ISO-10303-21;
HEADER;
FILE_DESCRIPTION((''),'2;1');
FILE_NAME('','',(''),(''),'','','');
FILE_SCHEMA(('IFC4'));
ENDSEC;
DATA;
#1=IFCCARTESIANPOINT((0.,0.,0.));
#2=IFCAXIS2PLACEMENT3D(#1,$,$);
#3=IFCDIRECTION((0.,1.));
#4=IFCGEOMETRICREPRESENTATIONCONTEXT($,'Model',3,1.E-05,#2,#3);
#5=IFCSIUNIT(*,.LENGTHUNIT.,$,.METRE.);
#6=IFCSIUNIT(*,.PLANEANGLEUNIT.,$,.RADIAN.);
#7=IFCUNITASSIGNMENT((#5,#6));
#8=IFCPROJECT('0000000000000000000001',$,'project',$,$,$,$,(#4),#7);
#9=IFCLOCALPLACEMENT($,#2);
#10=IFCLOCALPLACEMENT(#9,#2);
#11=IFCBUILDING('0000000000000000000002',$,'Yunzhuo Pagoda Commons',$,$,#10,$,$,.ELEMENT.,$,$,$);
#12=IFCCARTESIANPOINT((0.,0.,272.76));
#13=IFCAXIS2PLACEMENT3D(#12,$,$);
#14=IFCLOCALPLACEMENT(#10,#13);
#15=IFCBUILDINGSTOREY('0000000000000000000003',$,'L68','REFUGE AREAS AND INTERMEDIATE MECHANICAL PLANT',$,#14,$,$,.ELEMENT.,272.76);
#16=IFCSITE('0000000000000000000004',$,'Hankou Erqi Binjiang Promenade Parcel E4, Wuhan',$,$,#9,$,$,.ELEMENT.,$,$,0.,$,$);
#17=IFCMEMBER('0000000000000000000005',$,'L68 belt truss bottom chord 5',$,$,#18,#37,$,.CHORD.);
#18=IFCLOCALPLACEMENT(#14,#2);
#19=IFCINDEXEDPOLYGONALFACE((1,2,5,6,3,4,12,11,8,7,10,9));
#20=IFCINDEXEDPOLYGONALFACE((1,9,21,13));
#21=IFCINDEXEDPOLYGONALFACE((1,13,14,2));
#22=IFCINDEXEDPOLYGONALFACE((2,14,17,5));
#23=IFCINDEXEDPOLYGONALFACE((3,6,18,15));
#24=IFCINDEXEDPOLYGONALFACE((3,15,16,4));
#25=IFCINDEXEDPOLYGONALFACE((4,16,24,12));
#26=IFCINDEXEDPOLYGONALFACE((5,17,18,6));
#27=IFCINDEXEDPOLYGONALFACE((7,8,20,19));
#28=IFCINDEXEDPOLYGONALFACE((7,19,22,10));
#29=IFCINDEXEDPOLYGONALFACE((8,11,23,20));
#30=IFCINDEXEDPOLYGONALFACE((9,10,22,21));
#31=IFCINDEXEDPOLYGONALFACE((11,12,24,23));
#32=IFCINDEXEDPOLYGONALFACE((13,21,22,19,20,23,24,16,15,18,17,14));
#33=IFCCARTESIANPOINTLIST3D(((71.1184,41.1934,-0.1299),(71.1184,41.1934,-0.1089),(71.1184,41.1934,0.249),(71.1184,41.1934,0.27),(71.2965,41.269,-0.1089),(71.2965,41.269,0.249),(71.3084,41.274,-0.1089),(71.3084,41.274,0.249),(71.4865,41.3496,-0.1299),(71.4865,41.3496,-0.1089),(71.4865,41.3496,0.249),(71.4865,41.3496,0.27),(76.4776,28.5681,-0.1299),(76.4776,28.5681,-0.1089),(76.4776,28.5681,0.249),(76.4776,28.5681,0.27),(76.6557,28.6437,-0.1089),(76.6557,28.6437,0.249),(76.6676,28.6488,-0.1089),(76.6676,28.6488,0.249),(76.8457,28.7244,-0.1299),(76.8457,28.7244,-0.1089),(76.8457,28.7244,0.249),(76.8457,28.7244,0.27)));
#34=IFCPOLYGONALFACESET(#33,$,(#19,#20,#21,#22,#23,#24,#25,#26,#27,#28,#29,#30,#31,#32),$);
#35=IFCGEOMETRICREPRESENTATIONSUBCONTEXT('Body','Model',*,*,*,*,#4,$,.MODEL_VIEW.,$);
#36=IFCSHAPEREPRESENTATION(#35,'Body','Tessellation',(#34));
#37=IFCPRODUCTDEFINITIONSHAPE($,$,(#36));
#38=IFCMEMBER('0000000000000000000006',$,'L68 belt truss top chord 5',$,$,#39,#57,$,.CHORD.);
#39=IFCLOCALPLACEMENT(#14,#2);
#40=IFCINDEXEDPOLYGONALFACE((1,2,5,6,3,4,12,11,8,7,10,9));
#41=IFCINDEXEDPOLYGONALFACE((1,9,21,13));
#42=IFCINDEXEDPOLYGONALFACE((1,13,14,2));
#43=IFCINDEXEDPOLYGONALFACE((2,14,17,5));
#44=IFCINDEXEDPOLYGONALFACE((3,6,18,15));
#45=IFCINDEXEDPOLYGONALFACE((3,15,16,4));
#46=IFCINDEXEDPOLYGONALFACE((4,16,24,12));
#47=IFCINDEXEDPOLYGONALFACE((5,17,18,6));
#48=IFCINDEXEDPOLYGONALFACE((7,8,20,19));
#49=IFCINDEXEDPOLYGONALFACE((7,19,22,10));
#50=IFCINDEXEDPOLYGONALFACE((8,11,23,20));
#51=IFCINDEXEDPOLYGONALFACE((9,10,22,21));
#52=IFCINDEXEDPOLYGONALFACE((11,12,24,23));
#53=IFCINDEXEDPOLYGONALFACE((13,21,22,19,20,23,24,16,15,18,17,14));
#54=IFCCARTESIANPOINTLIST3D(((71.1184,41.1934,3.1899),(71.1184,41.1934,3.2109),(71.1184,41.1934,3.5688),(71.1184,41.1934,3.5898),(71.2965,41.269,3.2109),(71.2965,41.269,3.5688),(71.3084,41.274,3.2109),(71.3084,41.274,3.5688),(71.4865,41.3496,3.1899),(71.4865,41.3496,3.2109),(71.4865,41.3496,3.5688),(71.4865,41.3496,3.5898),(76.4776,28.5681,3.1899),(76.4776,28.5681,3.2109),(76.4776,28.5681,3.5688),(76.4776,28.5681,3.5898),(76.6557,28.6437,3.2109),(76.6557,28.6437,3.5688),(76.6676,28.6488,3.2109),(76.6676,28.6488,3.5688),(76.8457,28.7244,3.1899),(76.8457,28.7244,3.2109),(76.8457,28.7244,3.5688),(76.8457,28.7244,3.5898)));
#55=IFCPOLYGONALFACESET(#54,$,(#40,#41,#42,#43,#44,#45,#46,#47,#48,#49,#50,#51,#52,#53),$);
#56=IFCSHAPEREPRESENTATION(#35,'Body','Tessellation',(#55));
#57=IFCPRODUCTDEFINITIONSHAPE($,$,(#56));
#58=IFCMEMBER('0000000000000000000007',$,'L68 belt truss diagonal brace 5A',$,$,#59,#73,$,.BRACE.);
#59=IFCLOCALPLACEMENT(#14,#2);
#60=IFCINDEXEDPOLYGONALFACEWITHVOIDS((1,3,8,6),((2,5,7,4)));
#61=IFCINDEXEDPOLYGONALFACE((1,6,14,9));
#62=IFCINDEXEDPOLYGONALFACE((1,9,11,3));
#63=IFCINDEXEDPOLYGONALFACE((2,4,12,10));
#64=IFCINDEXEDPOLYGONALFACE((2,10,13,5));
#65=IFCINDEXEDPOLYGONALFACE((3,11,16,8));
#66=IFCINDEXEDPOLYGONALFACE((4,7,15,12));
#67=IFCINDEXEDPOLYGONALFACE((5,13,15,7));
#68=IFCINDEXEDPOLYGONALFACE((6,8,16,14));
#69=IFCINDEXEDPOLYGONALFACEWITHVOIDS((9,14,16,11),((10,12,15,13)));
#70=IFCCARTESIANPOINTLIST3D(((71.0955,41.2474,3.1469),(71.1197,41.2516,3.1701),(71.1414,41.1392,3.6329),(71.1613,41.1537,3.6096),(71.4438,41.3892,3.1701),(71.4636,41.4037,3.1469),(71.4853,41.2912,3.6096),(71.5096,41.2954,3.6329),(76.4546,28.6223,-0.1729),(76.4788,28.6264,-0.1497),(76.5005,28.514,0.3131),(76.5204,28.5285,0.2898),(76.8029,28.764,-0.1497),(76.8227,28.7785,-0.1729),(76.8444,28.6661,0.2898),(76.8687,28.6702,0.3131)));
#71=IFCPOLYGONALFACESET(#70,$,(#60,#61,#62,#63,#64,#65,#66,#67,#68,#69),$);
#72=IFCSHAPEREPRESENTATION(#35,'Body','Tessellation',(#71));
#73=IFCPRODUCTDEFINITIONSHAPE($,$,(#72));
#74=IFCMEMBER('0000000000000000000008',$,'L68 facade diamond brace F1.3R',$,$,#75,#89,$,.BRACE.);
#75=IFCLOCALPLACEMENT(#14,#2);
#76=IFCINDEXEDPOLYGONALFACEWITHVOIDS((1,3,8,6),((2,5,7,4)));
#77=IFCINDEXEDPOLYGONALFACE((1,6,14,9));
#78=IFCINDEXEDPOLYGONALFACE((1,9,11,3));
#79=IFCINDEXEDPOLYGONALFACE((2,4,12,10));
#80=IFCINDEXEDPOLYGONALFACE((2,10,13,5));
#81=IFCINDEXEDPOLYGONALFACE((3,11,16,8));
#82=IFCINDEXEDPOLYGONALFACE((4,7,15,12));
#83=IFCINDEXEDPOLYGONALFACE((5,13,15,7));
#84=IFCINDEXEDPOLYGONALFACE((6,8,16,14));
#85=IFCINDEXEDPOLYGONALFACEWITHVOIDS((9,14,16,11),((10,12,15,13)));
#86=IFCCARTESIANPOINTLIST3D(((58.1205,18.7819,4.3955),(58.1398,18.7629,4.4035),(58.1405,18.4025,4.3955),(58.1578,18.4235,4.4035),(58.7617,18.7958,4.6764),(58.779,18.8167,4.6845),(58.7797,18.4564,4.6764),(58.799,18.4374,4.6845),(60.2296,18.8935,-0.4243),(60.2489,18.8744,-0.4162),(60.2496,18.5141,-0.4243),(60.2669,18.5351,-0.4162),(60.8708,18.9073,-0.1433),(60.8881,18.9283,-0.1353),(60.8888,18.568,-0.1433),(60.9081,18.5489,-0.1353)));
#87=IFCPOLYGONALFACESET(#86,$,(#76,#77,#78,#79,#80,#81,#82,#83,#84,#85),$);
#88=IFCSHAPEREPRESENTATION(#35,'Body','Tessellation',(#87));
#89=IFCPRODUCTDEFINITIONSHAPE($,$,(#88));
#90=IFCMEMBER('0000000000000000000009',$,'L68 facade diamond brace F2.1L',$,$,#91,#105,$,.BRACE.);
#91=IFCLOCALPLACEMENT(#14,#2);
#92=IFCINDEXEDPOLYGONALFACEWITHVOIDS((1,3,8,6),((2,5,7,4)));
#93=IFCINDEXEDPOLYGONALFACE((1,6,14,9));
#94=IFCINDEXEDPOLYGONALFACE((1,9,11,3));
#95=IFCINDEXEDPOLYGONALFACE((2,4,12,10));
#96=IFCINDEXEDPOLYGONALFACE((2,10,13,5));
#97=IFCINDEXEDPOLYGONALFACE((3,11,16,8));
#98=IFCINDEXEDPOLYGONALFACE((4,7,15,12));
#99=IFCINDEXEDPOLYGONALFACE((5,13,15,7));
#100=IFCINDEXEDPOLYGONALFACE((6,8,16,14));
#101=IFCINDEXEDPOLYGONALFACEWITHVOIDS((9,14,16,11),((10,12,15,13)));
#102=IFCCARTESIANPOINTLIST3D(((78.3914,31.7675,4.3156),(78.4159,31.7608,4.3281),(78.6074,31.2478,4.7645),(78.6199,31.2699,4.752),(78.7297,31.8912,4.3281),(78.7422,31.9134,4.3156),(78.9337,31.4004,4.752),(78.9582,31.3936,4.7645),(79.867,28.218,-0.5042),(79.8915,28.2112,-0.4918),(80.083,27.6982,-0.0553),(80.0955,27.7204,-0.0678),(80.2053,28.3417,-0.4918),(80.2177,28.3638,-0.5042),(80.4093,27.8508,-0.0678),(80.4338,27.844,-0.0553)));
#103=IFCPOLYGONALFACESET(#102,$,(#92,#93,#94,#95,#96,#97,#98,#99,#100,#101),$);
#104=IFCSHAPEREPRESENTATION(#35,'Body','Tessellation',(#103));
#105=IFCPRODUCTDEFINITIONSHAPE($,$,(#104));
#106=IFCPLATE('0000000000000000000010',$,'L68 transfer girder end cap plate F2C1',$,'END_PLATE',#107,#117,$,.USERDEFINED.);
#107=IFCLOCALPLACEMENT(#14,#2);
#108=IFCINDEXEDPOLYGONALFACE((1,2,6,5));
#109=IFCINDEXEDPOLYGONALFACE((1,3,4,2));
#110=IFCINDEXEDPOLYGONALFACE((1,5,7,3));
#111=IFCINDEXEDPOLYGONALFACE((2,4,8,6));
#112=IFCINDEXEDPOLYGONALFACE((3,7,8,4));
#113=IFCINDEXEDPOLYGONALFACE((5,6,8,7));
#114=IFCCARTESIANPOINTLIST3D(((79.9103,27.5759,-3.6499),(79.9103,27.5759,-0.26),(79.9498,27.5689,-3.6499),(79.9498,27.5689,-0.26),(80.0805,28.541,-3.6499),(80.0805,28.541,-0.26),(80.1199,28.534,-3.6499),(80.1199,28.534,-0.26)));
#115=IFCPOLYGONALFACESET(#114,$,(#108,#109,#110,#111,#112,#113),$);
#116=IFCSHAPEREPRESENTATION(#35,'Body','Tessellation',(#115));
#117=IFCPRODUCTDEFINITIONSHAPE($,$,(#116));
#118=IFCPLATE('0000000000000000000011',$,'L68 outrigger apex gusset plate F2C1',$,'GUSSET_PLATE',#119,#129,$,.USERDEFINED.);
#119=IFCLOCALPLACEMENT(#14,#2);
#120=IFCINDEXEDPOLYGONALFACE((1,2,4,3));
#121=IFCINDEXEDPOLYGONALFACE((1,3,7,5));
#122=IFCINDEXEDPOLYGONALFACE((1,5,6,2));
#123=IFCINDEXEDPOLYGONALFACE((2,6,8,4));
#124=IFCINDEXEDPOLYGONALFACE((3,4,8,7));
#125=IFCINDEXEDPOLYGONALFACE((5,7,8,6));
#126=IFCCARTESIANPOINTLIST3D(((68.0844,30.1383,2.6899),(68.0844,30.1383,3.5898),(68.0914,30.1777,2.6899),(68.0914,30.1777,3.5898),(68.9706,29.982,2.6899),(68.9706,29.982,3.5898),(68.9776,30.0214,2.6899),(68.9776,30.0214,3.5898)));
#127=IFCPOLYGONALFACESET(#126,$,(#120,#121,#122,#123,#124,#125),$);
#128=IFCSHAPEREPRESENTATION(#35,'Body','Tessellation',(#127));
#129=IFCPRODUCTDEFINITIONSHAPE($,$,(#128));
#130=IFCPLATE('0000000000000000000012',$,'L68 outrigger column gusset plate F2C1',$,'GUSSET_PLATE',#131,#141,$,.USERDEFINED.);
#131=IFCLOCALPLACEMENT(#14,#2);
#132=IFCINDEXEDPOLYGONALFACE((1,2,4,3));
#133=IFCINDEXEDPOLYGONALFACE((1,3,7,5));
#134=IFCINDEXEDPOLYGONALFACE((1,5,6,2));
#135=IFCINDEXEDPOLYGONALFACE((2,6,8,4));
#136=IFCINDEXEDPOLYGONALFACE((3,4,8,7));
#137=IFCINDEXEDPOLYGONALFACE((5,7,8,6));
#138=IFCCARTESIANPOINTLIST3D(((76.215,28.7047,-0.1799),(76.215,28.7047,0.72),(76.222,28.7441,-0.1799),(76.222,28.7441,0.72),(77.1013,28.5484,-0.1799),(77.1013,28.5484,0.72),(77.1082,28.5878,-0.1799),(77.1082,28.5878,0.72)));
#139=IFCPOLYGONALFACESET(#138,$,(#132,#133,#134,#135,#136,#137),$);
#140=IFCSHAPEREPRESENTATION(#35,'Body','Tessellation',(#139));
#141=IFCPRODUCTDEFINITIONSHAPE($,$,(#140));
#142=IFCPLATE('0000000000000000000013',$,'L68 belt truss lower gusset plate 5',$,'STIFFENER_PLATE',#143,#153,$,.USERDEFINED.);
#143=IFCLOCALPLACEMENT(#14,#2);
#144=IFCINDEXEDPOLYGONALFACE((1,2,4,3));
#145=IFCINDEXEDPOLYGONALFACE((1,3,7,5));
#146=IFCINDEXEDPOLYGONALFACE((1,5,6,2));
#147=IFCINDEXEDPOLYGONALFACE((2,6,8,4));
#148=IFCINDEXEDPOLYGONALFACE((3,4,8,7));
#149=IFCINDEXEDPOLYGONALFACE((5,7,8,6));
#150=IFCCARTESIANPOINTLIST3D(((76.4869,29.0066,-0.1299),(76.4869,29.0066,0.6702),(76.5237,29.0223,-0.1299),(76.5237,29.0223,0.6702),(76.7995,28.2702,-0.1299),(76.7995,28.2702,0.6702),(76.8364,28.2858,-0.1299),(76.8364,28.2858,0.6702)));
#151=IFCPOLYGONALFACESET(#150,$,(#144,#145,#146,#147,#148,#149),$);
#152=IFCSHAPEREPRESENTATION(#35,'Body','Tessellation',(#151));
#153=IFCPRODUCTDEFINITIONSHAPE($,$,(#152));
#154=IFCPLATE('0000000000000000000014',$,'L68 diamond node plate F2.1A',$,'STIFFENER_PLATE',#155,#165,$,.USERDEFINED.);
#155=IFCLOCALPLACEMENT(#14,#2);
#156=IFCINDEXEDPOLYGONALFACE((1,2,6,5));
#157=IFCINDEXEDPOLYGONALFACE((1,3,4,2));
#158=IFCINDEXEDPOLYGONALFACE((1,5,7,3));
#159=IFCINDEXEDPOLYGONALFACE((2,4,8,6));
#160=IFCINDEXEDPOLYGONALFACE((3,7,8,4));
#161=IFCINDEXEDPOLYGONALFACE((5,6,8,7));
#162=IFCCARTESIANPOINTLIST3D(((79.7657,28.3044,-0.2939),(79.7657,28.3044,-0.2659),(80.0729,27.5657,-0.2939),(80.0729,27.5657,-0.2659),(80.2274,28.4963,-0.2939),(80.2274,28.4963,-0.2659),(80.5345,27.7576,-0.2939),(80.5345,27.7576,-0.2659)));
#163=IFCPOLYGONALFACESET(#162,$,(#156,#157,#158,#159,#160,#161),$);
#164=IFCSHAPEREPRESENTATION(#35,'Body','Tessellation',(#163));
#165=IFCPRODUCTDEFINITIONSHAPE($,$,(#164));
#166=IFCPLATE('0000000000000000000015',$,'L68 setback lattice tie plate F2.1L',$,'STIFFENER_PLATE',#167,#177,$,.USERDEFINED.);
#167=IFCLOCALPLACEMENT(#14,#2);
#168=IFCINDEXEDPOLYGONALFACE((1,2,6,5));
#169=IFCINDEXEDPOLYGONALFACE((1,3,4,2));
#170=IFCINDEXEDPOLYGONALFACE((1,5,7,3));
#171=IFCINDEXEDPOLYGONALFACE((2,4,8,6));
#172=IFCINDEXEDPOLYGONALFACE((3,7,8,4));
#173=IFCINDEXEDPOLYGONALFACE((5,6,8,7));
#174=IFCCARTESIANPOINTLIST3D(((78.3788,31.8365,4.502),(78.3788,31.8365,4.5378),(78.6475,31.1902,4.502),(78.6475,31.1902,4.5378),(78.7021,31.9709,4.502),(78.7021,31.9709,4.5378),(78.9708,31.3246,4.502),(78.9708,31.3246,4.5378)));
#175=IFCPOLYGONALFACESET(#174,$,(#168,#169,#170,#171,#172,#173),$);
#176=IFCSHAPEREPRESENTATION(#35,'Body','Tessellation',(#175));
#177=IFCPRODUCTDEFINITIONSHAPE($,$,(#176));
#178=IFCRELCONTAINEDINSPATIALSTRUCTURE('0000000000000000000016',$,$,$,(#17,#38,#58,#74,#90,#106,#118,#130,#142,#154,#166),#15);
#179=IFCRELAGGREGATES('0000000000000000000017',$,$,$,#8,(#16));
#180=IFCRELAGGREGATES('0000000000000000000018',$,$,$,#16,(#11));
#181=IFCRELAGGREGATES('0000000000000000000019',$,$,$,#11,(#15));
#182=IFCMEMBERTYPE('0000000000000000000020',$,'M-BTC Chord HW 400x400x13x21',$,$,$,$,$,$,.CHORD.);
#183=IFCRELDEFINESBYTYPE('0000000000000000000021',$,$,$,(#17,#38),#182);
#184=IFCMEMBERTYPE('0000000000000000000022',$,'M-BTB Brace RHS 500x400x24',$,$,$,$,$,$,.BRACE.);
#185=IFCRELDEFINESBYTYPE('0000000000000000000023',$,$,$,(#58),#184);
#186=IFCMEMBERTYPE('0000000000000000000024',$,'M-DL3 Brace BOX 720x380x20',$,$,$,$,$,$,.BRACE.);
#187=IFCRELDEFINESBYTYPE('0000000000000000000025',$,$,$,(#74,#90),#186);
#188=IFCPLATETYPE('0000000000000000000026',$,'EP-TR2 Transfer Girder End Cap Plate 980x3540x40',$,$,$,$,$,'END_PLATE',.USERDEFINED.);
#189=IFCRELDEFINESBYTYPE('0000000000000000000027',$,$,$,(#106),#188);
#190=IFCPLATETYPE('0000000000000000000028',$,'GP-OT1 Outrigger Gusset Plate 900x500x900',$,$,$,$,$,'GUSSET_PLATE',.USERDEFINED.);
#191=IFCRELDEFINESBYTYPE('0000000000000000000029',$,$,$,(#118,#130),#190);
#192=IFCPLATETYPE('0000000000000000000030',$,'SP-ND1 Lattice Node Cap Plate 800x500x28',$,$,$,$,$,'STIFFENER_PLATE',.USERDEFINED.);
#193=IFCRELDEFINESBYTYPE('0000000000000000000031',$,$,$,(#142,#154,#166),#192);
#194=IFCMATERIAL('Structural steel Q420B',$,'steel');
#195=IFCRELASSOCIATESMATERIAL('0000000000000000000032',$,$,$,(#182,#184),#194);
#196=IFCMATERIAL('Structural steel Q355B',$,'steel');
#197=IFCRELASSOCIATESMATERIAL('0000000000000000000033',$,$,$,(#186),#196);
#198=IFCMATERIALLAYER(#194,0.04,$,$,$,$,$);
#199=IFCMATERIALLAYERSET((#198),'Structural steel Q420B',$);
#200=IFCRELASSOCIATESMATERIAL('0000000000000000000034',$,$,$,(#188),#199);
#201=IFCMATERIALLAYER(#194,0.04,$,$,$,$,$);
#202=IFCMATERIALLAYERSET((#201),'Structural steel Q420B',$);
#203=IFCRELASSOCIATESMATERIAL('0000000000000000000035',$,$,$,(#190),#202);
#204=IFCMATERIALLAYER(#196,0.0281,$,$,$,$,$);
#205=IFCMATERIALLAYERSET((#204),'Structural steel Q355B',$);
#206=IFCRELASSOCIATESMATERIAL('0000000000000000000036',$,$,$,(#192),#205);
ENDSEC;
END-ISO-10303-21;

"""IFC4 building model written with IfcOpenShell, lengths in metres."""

from ifc_helpers import new_model, si_unit, direction, frame, origin, origin_2d, place, context, subcontext, project, spatial, rectangle, hollow_rectangle, i_section, extrude, source, transform, mapped, material, layer, layer_set, material_profile, profile_set, type_object, element, save


model = new_model("IFC4")

# Units and contexts
model_context = context("Model", 3, precision=1e-05, world=origin(), true_north=direction((0.0, 1.0)))
body_context = subcontext(model_context, "Body", "Model", "MODEL_VIEW")
ifc_project = project(units=[si_unit("LENGTHUNIT", "METRE"), si_unit("PLANEANGLEUNIT", "RADIAN")], contexts=[model_context])

# Site, building, storey
site_placement = place(None, origin())
site = spatial("IfcSite", under=ifc_project, at=site_placement, Name="Hankou Erqi Binjiang Promenade Parcel E4, Wuhan", CompositionType="ELEMENT", RefElevation=0.0)
building_placement = place(site_placement, origin())
building = spatial("IfcBuilding", under=site, at=building_placement, Name="Yunzhuo Pagoda Commons", CompositionType="ELEMENT")
storey_placement = place(building_placement, frame((0.0, 0.0, 272.76)))
storey = spatial("IfcBuildingStorey", under=building, at=storey_placement, Name="L68", Description="REFUGE AREAS AND INTERMEDIATE MECHANICAL PLANT", CompositionType="ELEMENT", Elevation=272.76)

# Shared definitions
ifc_material_1 = material(Name="Structural steel Q355B", Category="steel")

# Shared definitions
ifc_material_2 = material(Name="Structural steel Q420B", Category="steel")

# Members
ifc_material_profile_1 = material_profile(ifc_material_2, i_section(OverallWidth=0.3999, OverallDepth=0.3999, WebThickness=0.0129, FlangeThickness=0.021, at=origin_2d()), Name="Structural steel Q420B")
ifc_profile_set_1 = profile_set([ifc_material_profile_1], Name="Structural steel Q420B")
member_type_1 = type_object("IfcMemberType", Name="M-BTC Chord HW 400x400x13x21", PredefinedType="CHORD", material=ifc_profile_set_1)
shared_shape_1 = source(origin(), body_context, "Body", "SweptSolid", [
    extrude(i_section(OverallWidth=0.3999, OverallDepth=0.3999, WebThickness=0.0129, FlangeThickness=0.021, at=origin_2d()), origin(), (0.0, 0.0, 1.0), 13.7156),
])
for number, where, z_axis, x_axis, name in (
    (1, (76.6616, 28.6462, 0.0701), (-0.390733, 0.920504, 0.0), (-0.920504, -0.390733, 0.0), "L68 belt truss bottom chord 5"),
    (2, (76.6616, 28.6462, 3.3899), (-0.390733, 0.920504, 0.0), (-0.920504, -0.390733, 0.0), "L68 belt truss top chord 5"),
):
    element("IfcMember", number, at=place(storey_placement, frame(where, z_axis=z_axis, x_axis=x_axis)), inside=storey, type_object=member_type_1, Name=name, PredefinedType="CHORD", context=body_context, shape_type="MappedRepresentation", body=[
        mapped(shared_shape_1, transform((0.0, 0.0, 0.0), scale=1.0)),
    ])
ifc_material_profile_2 = material_profile(ifc_material_2, hollow_rectangle(XDim=0.3999, YDim=0.5, WallThickness=0.0239, at=origin_2d()), Name="Structural steel Q420B")
ifc_profile_set_2 = profile_set([ifc_material_profile_2], Name="Structural steel Q420B")
member_type_2 = type_object("IfcMemberType", Name="M-BTB Brace RHS 500x400x24", PredefinedType="BRACE", material=ifc_profile_set_2)
shared_shape_2 = source(origin(), body_context, "Body", "SweptSolid", [
    extrude(hollow_rectangle(XDim=0.3999, YDim=0.5, WallThickness=0.0239, at=origin_2d()), origin(), (0.0, 0.0, 1.0), 14.1116),
])
member_1_placement = place(storey_placement, frame((76.6616, 28.6462, 0.0701), z_axis=(-0.379767, 0.894669, 0.235254), x_axis=(-0.920504, -0.390733, 0.0)))
element("IfcMember", 3, at=member_1_placement, inside=storey, type_object=member_type_2, Name="L68 belt truss diagonal brace 5A", PredefinedType="BRACE", context=body_context, shape_type="MappedRepresentation", body=[
    mapped(shared_shape_2, transform((0.0, 0.0, 0.0), scale=1.0)),
])
ifc_material_profile_3 = material_profile(ifc_material_1, hollow_rectangle(XDim=0.3799, YDim=0.72, WallThickness=0.02, at=origin_2d()), Name="Structural steel Q355B")
ifc_profile_set_3 = profile_set([ifc_material_profile_3], Name="Structural steel Q355B")
member_type_3 = type_object("IfcMemberType", Name="M-DL3 Brace BOX 720x380x20", PredefinedType="BRACE", material=ifc_profile_set_3)
shared_shape_3 = source(origin(), body_context, "Body", "SweptSolid", [
    extrude(hollow_rectangle(XDim=0.3799, YDim=0.72, WallThickness=0.02, at=origin_2d()), origin(), (0.0, 0.0, 1.0), 5.2622),
])
member_2_placement = place(storey_placement, frame((60.5688, 18.7212, -0.2798), z_axis=(-0.400802, -0.021202, 0.915919), x_axis=(0.052826, -0.998604, 0.0)))
element("IfcMember", 4, at=member_2_placement, inside=storey, type_object=member_type_3, Name="L68 facade diamond brace F1.3R", PredefinedType="BRACE", context=body_context, shape_type="MappedRepresentation", body=[
    mapped(shared_shape_3, transform((0.0, 0.0, 0.0), scale=1.0)),
])
shared_shape_4 = source(origin(), body_context, "Body", "SweptSolid", [
    extrude(hollow_rectangle(XDim=0.3799, YDim=0.72, WallThickness=0.02, at=origin_2d()), origin(), (0.0, 0.0, 1.0), 6.165),
])
member_3_placement = place(storey_placement, frame((80.1504, 28.031, -0.2798), z_axis=(-0.239348, 0.575758, 0.781802), x_axis=(-0.92339, -0.383862, 0.0)))
element("IfcMember", 5, at=member_3_placement, inside=storey, type_object=member_type_3, Name="L68 facade diamond brace F2.1L", PredefinedType="BRACE", context=body_context, shape_type="MappedRepresentation", body=[
    mapped(shared_shape_4, transform((0.0, 0.0, 0.0), scale=1.0)),
])

# Plates
ifc_layer_1 = layer(ifc_material_2, 0.04)
ifc_layer_set_1 = layer_set([ifc_layer_1], Name="Structural steel Q420B")
plate_type_1 = type_object("IfcPlateType", Name="EP-TR2 Transfer Girder End Cap Plate 980x3540x40", ElementType="END_PLATE", PredefinedType="USERDEFINED", material=ifc_layer_set_1)
shared_shape_5 = source(origin(), body_context, "Body", "SweptSolid", [
    extrude(rectangle(XDim=0.98, YDim=0.04, at=origin_2d()), origin(), (0.0, 0.0, 1.0), 3.3899),
])
plate_1_placement = place(storey_placement, frame((80.0151, 28.0549, -3.6499), z_axis=(0.0, 0.0, 1.0), x_axis=(0.173648, 0.984808, 0.0)))
element("IfcPlate", 6, at=plate_1_placement, inside=storey, type_object=plate_type_1, Name="L68 transfer girder end cap plate F2C1", ObjectType="END_PLATE", PredefinedType="USERDEFINED", context=body_context, shape_type="MappedRepresentation", body=[
    mapped(shared_shape_5, transform((0.0, 0.0, 0.0), scale=1.0)),
])
ifc_layer_2 = layer(ifc_material_2, 0.04)
ifc_layer_set_2 = layer_set([ifc_layer_2], Name="Structural steel Q420B")
plate_type_2 = type_object("IfcPlateType", Name="GP-OT1 Outrigger Gusset Plate 900x500x900", ElementType="GUSSET_PLATE", PredefinedType="USERDEFINED", material=ifc_layer_set_2)
shared_shape_6 = source(origin(), body_context, "Body", "SweptSolid", [
    extrude(rectangle(XDim=0.8999, YDim=0.04, at=origin_2d()), origin(), (0.0, 0.0, 1.0), 0.8999),
])
for number, where, z_axis, x_axis, name in (
    (7, (68.531, 30.0798, 2.6899), (0.0, 0.0, 1.0), (0.984808, -0.173648, 0.0), "L68 outrigger apex gusset plate F2C1"),
    (8, (76.6616, 28.6462, -0.1799), (0.0, 0.0, 1.0), (0.984808, -0.173648, 0.0), "L68 outrigger column gusset plate F2C1"),
):
    element("IfcPlate", number, at=place(storey_placement, frame(where, z_axis=z_axis, x_axis=x_axis)), inside=storey, type_object=plate_type_2, Name=name, ObjectType="GUSSET_PLATE", PredefinedType="USERDEFINED", context=body_context, shape_type="MappedRepresentation", body=[
        mapped(shared_shape_6, transform((0.0, 0.0, 0.0), scale=1.0)),
    ])
ifc_layer_3 = layer(ifc_material_1, 0.0281)
ifc_layer_set_3 = layer_set([ifc_layer_3], Name="Structural steel Q355B")
plate_type_3 = type_object("IfcPlateType", Name="SP-ND1 Lattice Node Cap Plate 800x500x28", ElementType="STIFFENER_PLATE", PredefinedType="USERDEFINED", material=ifc_layer_set_3)
shared_shape_7 = source(origin(), body_context, "Body", "SweptSolid", [
    extrude(rectangle(XDim=0.8, YDim=0.04, at=origin_2d()), origin(), (0.0, 0.0, 1.0), 0.8),
])
plate_2_placement = place(storey_placement, frame((76.6616, 28.6462, -0.1299), z_axis=(0.0, 0.0, 1.0), x_axis=(-0.390747, 0.920498, 0.0)))
element("IfcPlate", 9, at=plate_2_placement, inside=storey, type_object=plate_type_3, Name="L68 belt truss lower gusset plate 5", ObjectType="STIFFENER_PLATE", PredefinedType="USERDEFINED", context=body_context, shape_type="MappedRepresentation", body=[
    mapped(shared_shape_7, transform((0.0, 0.0, 0.0), scale=1.0)),
])
shared_shape_8 = source(origin(), body_context, "Body", "SweptSolid", [
    extrude(rectangle(XDim=0.8, YDim=0.5, at=origin_2d()), origin(), (0.0, 0.0, 1.0), 0.0281),
])
plate_3_placement = place(storey_placement, frame((80.1501, 28.031, -0.2939), z_axis=(0.0, 0.0, 1.0), x_axis=(-0.38386, 0.923391, 0.0)))
element("IfcPlate", 10, at=plate_3_placement, inside=storey, type_object=plate_type_3, Name="L68 diamond node plate F2.1A", ObjectType="STIFFENER_PLATE", PredefinedType="USERDEFINED", context=body_context, shape_type="MappedRepresentation", body=[
    mapped(shared_shape_8, transform((0.0, 0.0, 0.0), scale=1.0)),
])
shared_shape_9 = source(origin(), body_context, "Body", "SweptSolid", [
    extrude(rectangle(XDim=0.7, YDim=0.3501, at=origin_2d()), origin(), (0.0, 0.0, 1.0), 0.0359),
])
plate_4_placement = place(storey_placement, frame((78.6748, 31.5806, 4.502), z_axis=(0.0, 0.0, 1.0), x_axis=(-0.38386, 0.923391, 0.0)))
element("IfcPlate", 11, at=plate_4_placement, inside=storey, type_object=plate_type_3, Name="L68 setback lattice tie plate F2.1L", ObjectType="STIFFENER_PLATE", PredefinedType="USERDEFINED", context=body_context, shape_type="MappedRepresentation", body=[
    mapped(shared_shape_9, transform((0.0, 0.0, 0.0), scale=1.0)),
])

save(model, "model.ifc")
